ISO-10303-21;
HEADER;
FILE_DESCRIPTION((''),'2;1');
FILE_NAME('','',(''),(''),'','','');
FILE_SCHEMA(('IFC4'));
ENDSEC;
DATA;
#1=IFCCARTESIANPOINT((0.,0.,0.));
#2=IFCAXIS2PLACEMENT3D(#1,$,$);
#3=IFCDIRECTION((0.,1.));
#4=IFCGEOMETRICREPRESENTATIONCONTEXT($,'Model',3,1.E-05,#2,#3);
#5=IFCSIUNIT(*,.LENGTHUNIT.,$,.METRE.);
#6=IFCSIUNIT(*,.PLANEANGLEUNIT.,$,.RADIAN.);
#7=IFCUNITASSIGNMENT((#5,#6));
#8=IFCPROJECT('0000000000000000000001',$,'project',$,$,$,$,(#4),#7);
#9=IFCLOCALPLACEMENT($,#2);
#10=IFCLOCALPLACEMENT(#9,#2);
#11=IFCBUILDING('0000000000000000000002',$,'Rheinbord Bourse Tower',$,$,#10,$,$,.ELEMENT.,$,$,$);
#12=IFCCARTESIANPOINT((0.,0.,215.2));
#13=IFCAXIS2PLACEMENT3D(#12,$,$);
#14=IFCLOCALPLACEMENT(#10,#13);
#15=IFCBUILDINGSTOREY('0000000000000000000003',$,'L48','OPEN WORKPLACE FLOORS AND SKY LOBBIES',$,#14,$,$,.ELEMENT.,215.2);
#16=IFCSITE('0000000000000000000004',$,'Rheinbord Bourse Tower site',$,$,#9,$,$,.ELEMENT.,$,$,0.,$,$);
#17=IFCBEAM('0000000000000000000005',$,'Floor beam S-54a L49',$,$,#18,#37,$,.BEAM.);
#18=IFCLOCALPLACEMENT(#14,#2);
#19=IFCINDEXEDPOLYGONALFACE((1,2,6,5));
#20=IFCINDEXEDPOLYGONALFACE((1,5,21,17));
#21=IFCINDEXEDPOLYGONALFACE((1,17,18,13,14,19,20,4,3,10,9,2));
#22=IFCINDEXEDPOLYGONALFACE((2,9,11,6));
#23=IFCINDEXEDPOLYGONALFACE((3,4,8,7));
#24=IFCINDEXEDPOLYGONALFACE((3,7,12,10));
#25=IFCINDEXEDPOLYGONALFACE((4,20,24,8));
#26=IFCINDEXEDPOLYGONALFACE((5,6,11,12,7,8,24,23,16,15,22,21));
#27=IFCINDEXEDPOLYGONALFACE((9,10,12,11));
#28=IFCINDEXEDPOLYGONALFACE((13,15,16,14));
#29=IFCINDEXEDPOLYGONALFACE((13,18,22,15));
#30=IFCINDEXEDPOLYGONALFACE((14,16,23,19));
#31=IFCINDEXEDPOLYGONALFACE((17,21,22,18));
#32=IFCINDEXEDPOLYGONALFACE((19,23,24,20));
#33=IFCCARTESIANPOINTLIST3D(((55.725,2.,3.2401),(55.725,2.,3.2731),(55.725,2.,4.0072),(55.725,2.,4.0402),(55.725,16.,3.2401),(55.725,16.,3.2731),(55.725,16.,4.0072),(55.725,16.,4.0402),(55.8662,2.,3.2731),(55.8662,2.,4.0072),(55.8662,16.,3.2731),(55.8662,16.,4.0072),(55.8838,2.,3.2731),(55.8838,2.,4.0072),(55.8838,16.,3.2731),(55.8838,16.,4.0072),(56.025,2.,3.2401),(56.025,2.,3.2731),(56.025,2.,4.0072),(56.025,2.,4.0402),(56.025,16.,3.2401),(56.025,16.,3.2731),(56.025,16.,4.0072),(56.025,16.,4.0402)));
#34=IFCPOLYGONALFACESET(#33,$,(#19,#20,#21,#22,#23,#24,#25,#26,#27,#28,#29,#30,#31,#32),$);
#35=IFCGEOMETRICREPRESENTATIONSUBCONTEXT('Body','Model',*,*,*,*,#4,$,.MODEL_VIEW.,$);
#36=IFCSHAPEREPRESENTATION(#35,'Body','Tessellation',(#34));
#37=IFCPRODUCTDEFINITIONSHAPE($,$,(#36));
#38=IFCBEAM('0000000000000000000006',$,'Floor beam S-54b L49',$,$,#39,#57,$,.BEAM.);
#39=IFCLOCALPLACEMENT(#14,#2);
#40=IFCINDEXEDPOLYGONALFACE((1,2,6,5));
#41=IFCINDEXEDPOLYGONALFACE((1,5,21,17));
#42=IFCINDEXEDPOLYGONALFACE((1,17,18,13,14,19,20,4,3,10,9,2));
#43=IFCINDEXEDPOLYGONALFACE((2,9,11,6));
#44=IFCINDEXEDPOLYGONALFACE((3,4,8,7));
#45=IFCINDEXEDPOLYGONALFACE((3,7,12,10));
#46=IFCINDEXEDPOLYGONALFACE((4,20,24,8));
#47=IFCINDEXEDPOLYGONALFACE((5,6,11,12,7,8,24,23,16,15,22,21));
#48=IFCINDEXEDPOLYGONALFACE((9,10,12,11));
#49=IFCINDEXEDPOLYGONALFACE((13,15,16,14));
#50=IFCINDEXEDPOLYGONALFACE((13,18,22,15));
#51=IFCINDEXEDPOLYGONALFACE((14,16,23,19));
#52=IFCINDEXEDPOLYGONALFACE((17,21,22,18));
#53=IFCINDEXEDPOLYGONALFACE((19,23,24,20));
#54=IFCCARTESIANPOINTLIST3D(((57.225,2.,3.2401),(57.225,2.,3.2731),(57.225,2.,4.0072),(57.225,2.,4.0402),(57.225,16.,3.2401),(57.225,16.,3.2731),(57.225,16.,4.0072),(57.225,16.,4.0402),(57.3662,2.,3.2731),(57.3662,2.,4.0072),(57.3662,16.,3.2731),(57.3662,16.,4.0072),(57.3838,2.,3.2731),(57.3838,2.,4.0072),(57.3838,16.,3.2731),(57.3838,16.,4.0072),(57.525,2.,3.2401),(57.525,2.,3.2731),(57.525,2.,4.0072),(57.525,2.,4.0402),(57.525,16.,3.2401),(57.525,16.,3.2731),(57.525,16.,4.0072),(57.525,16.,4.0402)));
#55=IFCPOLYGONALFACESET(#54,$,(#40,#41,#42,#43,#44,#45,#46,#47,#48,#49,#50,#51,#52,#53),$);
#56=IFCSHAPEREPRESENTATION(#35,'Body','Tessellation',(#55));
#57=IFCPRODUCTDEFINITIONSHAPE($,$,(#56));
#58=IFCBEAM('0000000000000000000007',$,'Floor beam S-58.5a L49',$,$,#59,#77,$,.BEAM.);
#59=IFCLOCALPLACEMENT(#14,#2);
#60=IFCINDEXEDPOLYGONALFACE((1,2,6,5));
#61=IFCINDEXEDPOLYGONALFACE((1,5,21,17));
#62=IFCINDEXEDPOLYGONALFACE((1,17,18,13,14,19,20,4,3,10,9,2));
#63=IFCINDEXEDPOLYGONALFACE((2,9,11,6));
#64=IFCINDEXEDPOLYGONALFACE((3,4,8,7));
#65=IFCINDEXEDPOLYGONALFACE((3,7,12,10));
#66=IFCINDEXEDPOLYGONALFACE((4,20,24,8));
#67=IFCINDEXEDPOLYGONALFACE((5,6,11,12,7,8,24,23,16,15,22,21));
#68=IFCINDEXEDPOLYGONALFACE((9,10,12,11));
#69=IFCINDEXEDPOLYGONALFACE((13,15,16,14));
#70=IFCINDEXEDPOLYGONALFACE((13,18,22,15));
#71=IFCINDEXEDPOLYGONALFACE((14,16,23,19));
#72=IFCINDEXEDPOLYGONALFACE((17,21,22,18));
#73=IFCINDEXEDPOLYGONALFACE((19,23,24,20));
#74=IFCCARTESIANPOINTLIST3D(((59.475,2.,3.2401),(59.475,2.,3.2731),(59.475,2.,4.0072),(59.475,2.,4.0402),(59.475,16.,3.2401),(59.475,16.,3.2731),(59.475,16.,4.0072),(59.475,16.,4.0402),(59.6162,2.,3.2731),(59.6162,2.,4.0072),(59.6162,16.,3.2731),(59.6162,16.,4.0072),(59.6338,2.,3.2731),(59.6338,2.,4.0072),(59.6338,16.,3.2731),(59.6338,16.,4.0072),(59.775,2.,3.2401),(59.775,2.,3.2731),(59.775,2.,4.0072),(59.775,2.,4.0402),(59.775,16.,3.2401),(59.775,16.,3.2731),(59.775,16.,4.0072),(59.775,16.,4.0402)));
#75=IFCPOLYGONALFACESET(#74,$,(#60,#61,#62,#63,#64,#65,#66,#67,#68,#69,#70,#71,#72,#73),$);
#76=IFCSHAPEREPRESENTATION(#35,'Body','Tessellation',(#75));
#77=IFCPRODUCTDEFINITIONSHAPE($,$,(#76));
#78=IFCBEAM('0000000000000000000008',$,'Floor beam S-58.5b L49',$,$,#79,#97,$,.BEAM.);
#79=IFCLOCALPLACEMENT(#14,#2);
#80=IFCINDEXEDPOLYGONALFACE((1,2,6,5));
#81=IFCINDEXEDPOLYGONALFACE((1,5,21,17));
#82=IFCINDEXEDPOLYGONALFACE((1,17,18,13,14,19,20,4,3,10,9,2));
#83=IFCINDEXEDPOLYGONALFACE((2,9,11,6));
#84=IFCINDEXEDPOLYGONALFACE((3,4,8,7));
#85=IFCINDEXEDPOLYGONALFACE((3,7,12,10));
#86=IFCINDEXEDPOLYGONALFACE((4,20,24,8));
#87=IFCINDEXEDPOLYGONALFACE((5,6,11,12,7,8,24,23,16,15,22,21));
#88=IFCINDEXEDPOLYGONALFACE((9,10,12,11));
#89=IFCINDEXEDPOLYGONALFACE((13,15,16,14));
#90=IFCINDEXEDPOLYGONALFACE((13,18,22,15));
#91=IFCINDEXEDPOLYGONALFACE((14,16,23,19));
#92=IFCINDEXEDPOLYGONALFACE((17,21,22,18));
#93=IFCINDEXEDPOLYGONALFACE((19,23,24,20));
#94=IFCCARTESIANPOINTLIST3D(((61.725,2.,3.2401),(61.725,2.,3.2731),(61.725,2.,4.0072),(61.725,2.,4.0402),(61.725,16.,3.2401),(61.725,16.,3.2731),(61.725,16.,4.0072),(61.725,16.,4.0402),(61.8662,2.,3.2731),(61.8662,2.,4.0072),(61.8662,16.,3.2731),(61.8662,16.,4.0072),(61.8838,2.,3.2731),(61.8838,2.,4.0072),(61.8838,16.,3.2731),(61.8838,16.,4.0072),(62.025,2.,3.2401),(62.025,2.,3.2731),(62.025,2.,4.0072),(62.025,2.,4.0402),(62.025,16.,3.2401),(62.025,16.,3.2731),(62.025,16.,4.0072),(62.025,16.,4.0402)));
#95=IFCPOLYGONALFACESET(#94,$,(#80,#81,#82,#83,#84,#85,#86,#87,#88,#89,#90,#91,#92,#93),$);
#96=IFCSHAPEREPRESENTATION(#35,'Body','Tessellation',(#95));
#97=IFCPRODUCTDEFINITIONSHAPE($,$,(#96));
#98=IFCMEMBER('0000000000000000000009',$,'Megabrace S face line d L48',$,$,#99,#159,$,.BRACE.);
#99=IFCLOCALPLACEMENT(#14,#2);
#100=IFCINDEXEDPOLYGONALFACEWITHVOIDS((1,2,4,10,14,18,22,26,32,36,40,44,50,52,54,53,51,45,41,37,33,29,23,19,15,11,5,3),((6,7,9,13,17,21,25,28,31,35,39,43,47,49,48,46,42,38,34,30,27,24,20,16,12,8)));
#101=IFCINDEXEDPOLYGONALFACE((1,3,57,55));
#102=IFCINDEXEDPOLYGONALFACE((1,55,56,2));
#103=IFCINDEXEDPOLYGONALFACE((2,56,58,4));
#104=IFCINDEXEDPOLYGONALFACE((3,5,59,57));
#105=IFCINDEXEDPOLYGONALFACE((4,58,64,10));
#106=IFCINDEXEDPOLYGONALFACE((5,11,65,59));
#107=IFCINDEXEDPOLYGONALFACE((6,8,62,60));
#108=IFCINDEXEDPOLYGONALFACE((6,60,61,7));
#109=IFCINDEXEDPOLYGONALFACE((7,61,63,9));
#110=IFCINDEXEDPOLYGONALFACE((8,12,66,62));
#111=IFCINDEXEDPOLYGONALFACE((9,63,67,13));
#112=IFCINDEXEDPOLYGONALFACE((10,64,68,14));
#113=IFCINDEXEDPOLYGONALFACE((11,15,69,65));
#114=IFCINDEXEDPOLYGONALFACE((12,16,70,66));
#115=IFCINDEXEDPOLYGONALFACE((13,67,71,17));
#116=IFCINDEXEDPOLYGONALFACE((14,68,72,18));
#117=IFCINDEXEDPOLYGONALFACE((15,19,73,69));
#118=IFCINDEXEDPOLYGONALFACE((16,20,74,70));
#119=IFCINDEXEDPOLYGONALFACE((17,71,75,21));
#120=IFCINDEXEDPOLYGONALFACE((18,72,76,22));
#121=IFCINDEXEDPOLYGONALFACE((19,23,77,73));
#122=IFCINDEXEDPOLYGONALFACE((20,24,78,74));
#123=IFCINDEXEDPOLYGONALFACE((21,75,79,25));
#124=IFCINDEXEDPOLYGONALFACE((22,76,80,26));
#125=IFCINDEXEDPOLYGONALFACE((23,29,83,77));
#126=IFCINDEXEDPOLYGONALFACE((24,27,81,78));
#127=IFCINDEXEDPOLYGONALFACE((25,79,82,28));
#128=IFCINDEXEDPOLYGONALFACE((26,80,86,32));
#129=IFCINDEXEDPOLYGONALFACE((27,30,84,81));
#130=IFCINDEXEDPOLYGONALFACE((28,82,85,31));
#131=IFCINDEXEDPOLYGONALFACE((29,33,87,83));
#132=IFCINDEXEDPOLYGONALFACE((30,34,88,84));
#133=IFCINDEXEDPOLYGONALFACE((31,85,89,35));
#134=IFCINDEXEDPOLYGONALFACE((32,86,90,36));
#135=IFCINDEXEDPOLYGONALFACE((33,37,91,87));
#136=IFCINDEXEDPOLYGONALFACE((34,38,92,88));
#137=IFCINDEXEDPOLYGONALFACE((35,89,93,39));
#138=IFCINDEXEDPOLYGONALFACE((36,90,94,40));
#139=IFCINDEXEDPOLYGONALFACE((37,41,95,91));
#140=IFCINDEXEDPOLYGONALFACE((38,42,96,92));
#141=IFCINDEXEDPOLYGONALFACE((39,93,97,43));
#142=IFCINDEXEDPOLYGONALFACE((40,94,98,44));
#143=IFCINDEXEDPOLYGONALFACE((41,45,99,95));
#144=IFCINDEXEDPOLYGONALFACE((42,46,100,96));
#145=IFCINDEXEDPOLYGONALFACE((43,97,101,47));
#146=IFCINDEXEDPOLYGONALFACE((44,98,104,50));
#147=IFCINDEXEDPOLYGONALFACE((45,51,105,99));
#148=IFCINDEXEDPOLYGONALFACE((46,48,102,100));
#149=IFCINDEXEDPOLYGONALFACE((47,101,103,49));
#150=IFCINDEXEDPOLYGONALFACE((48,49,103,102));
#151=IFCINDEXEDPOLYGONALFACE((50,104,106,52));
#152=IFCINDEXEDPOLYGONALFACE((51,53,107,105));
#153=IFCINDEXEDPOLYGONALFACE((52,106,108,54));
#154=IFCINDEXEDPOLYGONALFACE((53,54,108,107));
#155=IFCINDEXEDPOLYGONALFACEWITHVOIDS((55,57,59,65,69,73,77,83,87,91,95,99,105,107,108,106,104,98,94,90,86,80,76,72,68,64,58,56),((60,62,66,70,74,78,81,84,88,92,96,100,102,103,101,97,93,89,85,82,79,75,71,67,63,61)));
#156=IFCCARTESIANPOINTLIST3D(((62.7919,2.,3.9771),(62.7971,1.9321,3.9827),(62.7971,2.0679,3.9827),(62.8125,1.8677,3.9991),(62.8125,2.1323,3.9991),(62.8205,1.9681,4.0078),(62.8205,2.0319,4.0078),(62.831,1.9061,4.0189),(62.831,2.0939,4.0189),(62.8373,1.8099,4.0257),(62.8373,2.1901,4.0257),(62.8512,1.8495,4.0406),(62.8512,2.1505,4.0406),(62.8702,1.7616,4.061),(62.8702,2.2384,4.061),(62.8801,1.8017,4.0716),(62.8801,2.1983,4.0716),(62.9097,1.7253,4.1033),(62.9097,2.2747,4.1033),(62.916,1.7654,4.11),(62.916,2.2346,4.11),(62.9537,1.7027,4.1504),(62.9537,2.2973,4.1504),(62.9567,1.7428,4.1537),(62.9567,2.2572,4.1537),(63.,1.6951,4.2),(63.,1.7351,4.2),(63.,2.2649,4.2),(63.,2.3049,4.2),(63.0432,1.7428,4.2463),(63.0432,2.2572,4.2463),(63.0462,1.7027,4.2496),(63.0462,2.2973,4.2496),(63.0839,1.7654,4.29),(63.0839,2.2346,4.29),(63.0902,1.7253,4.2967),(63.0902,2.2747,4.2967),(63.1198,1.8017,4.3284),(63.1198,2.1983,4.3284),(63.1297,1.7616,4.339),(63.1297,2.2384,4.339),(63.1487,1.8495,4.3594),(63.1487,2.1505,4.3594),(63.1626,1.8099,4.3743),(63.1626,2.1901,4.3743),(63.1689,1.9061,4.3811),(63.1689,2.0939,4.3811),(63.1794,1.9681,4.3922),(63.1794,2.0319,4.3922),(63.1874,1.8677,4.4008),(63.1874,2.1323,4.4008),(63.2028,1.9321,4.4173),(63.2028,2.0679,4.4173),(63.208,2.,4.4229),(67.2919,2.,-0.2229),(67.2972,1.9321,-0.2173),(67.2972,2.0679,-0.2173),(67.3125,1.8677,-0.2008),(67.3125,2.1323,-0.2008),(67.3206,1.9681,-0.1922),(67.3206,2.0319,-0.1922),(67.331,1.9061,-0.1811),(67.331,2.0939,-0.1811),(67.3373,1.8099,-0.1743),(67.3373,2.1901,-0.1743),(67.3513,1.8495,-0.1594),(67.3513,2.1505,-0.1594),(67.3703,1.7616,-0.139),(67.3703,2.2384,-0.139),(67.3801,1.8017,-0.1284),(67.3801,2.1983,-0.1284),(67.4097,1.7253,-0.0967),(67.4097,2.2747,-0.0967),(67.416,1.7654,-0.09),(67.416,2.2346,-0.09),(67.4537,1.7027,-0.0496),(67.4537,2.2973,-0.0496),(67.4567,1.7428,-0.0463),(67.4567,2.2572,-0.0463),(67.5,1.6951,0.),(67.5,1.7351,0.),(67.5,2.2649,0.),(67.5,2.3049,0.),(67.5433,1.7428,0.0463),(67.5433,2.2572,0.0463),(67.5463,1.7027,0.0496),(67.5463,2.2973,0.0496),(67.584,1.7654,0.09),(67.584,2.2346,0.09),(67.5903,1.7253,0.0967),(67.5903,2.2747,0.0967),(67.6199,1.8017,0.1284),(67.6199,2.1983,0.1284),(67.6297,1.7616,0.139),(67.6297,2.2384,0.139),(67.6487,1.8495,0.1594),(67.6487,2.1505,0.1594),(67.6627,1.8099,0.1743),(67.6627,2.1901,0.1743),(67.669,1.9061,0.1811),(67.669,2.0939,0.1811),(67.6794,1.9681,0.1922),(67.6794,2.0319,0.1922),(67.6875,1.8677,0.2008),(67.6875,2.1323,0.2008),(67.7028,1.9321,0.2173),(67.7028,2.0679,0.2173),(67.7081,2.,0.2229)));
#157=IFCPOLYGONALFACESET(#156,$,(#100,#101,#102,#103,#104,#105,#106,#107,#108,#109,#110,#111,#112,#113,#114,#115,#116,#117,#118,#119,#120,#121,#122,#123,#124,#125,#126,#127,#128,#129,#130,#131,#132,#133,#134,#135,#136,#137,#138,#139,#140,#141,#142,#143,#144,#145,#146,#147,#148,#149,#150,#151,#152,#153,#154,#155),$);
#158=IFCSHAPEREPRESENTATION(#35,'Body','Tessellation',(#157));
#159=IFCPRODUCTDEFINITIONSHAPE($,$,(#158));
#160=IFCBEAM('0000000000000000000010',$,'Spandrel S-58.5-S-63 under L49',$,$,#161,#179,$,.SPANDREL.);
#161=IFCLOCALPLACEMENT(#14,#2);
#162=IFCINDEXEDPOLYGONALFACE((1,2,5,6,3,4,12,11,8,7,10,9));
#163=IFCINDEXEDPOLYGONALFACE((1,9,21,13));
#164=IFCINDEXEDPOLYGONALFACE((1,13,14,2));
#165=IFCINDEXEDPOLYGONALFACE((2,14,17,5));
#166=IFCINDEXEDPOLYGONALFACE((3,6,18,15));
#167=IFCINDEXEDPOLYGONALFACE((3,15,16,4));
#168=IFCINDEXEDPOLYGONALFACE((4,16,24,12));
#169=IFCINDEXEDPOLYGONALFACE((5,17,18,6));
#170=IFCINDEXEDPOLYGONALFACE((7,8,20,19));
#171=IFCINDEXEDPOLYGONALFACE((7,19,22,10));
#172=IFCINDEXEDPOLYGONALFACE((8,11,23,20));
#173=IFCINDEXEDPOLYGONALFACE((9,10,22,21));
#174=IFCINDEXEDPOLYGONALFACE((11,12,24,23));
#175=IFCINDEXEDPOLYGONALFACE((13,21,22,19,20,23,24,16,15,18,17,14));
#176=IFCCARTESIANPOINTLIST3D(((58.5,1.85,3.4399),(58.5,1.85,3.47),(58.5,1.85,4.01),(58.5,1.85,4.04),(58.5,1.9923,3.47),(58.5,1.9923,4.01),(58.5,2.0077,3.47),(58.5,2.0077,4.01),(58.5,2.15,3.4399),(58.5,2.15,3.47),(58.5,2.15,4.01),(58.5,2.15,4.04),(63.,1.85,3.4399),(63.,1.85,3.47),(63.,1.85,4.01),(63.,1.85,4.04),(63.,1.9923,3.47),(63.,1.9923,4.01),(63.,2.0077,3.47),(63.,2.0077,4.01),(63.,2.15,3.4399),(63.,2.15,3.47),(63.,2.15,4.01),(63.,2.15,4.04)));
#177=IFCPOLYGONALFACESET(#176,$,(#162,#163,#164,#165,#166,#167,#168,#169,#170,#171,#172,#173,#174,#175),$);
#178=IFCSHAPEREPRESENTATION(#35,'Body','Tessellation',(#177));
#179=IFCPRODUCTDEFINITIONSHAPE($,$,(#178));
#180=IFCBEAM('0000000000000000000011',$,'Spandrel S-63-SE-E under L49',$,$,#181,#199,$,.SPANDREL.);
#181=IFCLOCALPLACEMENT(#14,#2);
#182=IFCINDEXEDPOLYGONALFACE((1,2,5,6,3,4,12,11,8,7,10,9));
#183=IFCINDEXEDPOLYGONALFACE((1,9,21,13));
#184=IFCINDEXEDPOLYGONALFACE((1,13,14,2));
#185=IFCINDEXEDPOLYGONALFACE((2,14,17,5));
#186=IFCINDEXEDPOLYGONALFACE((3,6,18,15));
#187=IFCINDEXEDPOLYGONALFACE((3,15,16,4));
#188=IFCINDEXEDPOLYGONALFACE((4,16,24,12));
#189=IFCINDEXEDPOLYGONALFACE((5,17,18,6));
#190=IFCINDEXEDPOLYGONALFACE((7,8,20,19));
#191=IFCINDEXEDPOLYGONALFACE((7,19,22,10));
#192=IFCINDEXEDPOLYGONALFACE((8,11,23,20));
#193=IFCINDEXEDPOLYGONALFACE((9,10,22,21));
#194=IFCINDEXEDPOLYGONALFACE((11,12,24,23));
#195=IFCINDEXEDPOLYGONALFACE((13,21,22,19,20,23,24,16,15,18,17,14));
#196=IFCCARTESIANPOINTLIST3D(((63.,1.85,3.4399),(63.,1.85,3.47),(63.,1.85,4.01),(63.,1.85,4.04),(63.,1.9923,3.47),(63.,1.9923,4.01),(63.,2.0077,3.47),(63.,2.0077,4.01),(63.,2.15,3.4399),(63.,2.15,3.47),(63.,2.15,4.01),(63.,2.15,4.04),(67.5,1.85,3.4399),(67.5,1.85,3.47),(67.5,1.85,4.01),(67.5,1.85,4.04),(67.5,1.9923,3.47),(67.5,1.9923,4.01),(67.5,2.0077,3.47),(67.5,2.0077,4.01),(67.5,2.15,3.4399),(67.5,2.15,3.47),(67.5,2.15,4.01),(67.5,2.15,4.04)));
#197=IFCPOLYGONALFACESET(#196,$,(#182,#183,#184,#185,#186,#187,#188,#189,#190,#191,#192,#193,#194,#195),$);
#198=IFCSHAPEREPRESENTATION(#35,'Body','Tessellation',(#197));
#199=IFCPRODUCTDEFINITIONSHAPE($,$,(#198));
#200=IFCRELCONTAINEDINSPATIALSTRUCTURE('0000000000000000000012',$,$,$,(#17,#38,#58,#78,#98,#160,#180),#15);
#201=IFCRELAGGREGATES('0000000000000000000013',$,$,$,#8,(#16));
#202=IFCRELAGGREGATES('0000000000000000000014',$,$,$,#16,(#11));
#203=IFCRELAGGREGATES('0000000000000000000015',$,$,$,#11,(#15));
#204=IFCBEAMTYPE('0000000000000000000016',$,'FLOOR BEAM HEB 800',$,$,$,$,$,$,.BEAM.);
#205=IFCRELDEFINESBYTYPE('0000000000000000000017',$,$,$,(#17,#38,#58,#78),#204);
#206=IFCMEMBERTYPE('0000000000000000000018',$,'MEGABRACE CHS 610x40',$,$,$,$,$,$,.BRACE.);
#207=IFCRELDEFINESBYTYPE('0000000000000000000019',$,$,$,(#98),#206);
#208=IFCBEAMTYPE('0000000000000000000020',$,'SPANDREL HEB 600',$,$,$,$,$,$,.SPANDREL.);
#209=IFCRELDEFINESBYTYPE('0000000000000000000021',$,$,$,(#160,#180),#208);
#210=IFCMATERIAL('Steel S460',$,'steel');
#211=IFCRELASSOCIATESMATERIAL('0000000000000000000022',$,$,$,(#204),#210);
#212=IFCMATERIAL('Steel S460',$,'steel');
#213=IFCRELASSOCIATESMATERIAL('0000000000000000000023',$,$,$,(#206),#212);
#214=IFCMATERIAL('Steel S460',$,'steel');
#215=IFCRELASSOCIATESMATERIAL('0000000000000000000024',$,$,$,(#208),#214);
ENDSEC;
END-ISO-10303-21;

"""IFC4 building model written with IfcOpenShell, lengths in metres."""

from ifc_helpers import new_model, si_unit, direction, frame, origin, origin_2d, place, context, subcontext, project, spatial, hollow_circle, i_section, extrude, material, material_profile, profile_set, type_object, element, save


model = new_model("IFC4")

# Units and contexts
model_context = context("Model", 3, precision=1e-05, world=origin(), true_north=direction((0.0, 1.0)))
body_context = subcontext(model_context, "Body", "Model", "MODEL_VIEW")
ifc_project = project(units=[si_unit("LENGTHUNIT", "METRE"), si_unit("PLANEANGLEUNIT", "RADIAN")], contexts=[model_context])

# Site, building, storey
site_placement = place(None, origin())
site = spatial("IfcSite", under=ifc_project, at=site_placement, Name="Rheinbord Bourse Tower site", CompositionType="ELEMENT", RefElevation=0.0)
building_placement = place(site_placement, origin())
building = spatial("IfcBuilding", under=site, at=building_placement, Name="Rheinbord Bourse Tower", CompositionType="ELEMENT")
storey_placement = place(building_placement, frame((0.0, 0.0, 215.2)))
storey = spatial("IfcBuildingStorey", under=building, at=storey_placement, Name="L48", Description="OPEN WORKPLACE FLOORS AND SKY LOBBIES", CompositionType="ELEMENT", Elevation=215.2)

# Beams
ifc_material_1 = material(Name="Steel S460", Category="steel")
ifc_material_profile_1 = material_profile(ifc_material_1, i_section(OverallWidth=0.3, OverallDepth=0.8, WebThickness=0.0176, FlangeThickness=0.033, at=origin_2d()), Name="HEB 800")
ifc_profile_set_1 = profile_set([ifc_material_profile_1], Name="Steel S460")
beam_type_1 = type_object("IfcBeamType", Name="FLOOR BEAM HEB 800", PredefinedType="BEAM", material=ifc_profile_set_1)
for number, where, z_axis, x_axis, name in (
    (1, (55.875, 2.0, 3.6401), (0.0, 1.0, 0.0), (-1.0, 0.0, 0.0), "Floor beam S-54a L49"),
    (2, (57.375, 2.0, 3.6401), (0.0, 1.0, 0.0), (-1.0, 0.0, 0.0), "Floor beam S-54b L49"),
    (3, (59.625, 2.0, 3.6401), (0.0, 1.0, 0.0), (-1.0, 0.0, 0.0), "Floor beam S-58.5a L49"),
    (4, (61.875, 2.0, 3.6401), (0.0, 1.0, 0.0), (-1.0, 0.0, 0.0), "Floor beam S-58.5b L49"),
):
    element("IfcBeam", number, at=place(storey_placement, frame(where, z_axis=z_axis, x_axis=x_axis)), inside=storey, type_object=beam_type_1, Name=name, PredefinedType="BEAM", context=body_context, shape_type="SweptSolid", body=[
        extrude(i_section(OverallWidth=0.3, OverallDepth=0.8, WebThickness=0.0176, FlangeThickness=0.033, at=origin_2d()), origin(), (0.0, 0.0, 1.0), 14.0),
    ])

# Member
ifc_material_2 = material(Name="Steel S460", Category="steel")
ifc_material_profile_2 = material_profile(ifc_material_2, hollow_circle(Radius=0.3049, WallThickness=0.04, at=origin_2d()), Name="CHS 610x40")
ifc_profile_set_2 = profile_set([ifc_material_profile_2], Name="Steel S460")
member_type_1 = type_object("IfcMemberType", Name="MEGABRACE CHS 610x40", PredefinedType="BRACE", material=ifc_profile_set_2)
member_1_placement = place(storey_placement, frame((67.5, 2.0, 0.0), z_axis=(-0.731059, 0.0, 0.682314), x_axis=(0.0, -1.0, 0.0)))
element("IfcMember", 5, at=member_1_placement, inside=storey, type_object=member_type_1, Name="Megabrace S face line d L48", PredefinedType="BRACE", context=body_context, shape_type="SweptSolid", body=[
    extrude(hollow_circle(Radius=0.3049, WallThickness=0.04, at=origin_2d()), origin(), (0.0, 0.0, 1.0), 6.1555),
])

# Beams
ifc_material_3 = material(Name="Steel S460", Category="steel")
ifc_material_profile_3 = material_profile(ifc_material_3, i_section(OverallWidth=0.3, OverallDepth=0.6001, WebThickness=0.0154, FlangeThickness=0.03, at=origin_2d()), Name="HEB 600")
ifc_profile_set_3 = profile_set([ifc_material_profile_3], Name="Steel S460")
beam_type_2 = type_object("IfcBeamType", Name="SPANDREL HEB 600", PredefinedType="SPANDREL", material=ifc_profile_set_3)
for number, where, z_axis, x_axis, name in (
    (6, (58.5, 2.0, 3.74), (1.0, 0.0, 0.0), (0.0, 1.0, 0.0), "Spandrel S-58.5-S-63 under L49"),
    (7, (63.0, 2.0, 3.74), (1.0, 0.0, 0.0), (0.0, 1.0, 0.0), "Spandrel S-63-SE-E under L49"),
):
    element("IfcBeam", number, at=place(storey_placement, frame(where, z_axis=z_axis, x_axis=x_axis)), inside=storey, type_object=beam_type_2, Name=name, PredefinedType="SPANDREL", context=body_context, shape_type="SweptSolid", body=[
        extrude(i_section(OverallWidth=0.3, OverallDepth=0.6001, WebThickness=0.0154, FlangeThickness=0.03, at=origin_2d()), origin(), (0.0, 0.0, 1.0), 4.5),
    ])

save(model, "model.ifc")
